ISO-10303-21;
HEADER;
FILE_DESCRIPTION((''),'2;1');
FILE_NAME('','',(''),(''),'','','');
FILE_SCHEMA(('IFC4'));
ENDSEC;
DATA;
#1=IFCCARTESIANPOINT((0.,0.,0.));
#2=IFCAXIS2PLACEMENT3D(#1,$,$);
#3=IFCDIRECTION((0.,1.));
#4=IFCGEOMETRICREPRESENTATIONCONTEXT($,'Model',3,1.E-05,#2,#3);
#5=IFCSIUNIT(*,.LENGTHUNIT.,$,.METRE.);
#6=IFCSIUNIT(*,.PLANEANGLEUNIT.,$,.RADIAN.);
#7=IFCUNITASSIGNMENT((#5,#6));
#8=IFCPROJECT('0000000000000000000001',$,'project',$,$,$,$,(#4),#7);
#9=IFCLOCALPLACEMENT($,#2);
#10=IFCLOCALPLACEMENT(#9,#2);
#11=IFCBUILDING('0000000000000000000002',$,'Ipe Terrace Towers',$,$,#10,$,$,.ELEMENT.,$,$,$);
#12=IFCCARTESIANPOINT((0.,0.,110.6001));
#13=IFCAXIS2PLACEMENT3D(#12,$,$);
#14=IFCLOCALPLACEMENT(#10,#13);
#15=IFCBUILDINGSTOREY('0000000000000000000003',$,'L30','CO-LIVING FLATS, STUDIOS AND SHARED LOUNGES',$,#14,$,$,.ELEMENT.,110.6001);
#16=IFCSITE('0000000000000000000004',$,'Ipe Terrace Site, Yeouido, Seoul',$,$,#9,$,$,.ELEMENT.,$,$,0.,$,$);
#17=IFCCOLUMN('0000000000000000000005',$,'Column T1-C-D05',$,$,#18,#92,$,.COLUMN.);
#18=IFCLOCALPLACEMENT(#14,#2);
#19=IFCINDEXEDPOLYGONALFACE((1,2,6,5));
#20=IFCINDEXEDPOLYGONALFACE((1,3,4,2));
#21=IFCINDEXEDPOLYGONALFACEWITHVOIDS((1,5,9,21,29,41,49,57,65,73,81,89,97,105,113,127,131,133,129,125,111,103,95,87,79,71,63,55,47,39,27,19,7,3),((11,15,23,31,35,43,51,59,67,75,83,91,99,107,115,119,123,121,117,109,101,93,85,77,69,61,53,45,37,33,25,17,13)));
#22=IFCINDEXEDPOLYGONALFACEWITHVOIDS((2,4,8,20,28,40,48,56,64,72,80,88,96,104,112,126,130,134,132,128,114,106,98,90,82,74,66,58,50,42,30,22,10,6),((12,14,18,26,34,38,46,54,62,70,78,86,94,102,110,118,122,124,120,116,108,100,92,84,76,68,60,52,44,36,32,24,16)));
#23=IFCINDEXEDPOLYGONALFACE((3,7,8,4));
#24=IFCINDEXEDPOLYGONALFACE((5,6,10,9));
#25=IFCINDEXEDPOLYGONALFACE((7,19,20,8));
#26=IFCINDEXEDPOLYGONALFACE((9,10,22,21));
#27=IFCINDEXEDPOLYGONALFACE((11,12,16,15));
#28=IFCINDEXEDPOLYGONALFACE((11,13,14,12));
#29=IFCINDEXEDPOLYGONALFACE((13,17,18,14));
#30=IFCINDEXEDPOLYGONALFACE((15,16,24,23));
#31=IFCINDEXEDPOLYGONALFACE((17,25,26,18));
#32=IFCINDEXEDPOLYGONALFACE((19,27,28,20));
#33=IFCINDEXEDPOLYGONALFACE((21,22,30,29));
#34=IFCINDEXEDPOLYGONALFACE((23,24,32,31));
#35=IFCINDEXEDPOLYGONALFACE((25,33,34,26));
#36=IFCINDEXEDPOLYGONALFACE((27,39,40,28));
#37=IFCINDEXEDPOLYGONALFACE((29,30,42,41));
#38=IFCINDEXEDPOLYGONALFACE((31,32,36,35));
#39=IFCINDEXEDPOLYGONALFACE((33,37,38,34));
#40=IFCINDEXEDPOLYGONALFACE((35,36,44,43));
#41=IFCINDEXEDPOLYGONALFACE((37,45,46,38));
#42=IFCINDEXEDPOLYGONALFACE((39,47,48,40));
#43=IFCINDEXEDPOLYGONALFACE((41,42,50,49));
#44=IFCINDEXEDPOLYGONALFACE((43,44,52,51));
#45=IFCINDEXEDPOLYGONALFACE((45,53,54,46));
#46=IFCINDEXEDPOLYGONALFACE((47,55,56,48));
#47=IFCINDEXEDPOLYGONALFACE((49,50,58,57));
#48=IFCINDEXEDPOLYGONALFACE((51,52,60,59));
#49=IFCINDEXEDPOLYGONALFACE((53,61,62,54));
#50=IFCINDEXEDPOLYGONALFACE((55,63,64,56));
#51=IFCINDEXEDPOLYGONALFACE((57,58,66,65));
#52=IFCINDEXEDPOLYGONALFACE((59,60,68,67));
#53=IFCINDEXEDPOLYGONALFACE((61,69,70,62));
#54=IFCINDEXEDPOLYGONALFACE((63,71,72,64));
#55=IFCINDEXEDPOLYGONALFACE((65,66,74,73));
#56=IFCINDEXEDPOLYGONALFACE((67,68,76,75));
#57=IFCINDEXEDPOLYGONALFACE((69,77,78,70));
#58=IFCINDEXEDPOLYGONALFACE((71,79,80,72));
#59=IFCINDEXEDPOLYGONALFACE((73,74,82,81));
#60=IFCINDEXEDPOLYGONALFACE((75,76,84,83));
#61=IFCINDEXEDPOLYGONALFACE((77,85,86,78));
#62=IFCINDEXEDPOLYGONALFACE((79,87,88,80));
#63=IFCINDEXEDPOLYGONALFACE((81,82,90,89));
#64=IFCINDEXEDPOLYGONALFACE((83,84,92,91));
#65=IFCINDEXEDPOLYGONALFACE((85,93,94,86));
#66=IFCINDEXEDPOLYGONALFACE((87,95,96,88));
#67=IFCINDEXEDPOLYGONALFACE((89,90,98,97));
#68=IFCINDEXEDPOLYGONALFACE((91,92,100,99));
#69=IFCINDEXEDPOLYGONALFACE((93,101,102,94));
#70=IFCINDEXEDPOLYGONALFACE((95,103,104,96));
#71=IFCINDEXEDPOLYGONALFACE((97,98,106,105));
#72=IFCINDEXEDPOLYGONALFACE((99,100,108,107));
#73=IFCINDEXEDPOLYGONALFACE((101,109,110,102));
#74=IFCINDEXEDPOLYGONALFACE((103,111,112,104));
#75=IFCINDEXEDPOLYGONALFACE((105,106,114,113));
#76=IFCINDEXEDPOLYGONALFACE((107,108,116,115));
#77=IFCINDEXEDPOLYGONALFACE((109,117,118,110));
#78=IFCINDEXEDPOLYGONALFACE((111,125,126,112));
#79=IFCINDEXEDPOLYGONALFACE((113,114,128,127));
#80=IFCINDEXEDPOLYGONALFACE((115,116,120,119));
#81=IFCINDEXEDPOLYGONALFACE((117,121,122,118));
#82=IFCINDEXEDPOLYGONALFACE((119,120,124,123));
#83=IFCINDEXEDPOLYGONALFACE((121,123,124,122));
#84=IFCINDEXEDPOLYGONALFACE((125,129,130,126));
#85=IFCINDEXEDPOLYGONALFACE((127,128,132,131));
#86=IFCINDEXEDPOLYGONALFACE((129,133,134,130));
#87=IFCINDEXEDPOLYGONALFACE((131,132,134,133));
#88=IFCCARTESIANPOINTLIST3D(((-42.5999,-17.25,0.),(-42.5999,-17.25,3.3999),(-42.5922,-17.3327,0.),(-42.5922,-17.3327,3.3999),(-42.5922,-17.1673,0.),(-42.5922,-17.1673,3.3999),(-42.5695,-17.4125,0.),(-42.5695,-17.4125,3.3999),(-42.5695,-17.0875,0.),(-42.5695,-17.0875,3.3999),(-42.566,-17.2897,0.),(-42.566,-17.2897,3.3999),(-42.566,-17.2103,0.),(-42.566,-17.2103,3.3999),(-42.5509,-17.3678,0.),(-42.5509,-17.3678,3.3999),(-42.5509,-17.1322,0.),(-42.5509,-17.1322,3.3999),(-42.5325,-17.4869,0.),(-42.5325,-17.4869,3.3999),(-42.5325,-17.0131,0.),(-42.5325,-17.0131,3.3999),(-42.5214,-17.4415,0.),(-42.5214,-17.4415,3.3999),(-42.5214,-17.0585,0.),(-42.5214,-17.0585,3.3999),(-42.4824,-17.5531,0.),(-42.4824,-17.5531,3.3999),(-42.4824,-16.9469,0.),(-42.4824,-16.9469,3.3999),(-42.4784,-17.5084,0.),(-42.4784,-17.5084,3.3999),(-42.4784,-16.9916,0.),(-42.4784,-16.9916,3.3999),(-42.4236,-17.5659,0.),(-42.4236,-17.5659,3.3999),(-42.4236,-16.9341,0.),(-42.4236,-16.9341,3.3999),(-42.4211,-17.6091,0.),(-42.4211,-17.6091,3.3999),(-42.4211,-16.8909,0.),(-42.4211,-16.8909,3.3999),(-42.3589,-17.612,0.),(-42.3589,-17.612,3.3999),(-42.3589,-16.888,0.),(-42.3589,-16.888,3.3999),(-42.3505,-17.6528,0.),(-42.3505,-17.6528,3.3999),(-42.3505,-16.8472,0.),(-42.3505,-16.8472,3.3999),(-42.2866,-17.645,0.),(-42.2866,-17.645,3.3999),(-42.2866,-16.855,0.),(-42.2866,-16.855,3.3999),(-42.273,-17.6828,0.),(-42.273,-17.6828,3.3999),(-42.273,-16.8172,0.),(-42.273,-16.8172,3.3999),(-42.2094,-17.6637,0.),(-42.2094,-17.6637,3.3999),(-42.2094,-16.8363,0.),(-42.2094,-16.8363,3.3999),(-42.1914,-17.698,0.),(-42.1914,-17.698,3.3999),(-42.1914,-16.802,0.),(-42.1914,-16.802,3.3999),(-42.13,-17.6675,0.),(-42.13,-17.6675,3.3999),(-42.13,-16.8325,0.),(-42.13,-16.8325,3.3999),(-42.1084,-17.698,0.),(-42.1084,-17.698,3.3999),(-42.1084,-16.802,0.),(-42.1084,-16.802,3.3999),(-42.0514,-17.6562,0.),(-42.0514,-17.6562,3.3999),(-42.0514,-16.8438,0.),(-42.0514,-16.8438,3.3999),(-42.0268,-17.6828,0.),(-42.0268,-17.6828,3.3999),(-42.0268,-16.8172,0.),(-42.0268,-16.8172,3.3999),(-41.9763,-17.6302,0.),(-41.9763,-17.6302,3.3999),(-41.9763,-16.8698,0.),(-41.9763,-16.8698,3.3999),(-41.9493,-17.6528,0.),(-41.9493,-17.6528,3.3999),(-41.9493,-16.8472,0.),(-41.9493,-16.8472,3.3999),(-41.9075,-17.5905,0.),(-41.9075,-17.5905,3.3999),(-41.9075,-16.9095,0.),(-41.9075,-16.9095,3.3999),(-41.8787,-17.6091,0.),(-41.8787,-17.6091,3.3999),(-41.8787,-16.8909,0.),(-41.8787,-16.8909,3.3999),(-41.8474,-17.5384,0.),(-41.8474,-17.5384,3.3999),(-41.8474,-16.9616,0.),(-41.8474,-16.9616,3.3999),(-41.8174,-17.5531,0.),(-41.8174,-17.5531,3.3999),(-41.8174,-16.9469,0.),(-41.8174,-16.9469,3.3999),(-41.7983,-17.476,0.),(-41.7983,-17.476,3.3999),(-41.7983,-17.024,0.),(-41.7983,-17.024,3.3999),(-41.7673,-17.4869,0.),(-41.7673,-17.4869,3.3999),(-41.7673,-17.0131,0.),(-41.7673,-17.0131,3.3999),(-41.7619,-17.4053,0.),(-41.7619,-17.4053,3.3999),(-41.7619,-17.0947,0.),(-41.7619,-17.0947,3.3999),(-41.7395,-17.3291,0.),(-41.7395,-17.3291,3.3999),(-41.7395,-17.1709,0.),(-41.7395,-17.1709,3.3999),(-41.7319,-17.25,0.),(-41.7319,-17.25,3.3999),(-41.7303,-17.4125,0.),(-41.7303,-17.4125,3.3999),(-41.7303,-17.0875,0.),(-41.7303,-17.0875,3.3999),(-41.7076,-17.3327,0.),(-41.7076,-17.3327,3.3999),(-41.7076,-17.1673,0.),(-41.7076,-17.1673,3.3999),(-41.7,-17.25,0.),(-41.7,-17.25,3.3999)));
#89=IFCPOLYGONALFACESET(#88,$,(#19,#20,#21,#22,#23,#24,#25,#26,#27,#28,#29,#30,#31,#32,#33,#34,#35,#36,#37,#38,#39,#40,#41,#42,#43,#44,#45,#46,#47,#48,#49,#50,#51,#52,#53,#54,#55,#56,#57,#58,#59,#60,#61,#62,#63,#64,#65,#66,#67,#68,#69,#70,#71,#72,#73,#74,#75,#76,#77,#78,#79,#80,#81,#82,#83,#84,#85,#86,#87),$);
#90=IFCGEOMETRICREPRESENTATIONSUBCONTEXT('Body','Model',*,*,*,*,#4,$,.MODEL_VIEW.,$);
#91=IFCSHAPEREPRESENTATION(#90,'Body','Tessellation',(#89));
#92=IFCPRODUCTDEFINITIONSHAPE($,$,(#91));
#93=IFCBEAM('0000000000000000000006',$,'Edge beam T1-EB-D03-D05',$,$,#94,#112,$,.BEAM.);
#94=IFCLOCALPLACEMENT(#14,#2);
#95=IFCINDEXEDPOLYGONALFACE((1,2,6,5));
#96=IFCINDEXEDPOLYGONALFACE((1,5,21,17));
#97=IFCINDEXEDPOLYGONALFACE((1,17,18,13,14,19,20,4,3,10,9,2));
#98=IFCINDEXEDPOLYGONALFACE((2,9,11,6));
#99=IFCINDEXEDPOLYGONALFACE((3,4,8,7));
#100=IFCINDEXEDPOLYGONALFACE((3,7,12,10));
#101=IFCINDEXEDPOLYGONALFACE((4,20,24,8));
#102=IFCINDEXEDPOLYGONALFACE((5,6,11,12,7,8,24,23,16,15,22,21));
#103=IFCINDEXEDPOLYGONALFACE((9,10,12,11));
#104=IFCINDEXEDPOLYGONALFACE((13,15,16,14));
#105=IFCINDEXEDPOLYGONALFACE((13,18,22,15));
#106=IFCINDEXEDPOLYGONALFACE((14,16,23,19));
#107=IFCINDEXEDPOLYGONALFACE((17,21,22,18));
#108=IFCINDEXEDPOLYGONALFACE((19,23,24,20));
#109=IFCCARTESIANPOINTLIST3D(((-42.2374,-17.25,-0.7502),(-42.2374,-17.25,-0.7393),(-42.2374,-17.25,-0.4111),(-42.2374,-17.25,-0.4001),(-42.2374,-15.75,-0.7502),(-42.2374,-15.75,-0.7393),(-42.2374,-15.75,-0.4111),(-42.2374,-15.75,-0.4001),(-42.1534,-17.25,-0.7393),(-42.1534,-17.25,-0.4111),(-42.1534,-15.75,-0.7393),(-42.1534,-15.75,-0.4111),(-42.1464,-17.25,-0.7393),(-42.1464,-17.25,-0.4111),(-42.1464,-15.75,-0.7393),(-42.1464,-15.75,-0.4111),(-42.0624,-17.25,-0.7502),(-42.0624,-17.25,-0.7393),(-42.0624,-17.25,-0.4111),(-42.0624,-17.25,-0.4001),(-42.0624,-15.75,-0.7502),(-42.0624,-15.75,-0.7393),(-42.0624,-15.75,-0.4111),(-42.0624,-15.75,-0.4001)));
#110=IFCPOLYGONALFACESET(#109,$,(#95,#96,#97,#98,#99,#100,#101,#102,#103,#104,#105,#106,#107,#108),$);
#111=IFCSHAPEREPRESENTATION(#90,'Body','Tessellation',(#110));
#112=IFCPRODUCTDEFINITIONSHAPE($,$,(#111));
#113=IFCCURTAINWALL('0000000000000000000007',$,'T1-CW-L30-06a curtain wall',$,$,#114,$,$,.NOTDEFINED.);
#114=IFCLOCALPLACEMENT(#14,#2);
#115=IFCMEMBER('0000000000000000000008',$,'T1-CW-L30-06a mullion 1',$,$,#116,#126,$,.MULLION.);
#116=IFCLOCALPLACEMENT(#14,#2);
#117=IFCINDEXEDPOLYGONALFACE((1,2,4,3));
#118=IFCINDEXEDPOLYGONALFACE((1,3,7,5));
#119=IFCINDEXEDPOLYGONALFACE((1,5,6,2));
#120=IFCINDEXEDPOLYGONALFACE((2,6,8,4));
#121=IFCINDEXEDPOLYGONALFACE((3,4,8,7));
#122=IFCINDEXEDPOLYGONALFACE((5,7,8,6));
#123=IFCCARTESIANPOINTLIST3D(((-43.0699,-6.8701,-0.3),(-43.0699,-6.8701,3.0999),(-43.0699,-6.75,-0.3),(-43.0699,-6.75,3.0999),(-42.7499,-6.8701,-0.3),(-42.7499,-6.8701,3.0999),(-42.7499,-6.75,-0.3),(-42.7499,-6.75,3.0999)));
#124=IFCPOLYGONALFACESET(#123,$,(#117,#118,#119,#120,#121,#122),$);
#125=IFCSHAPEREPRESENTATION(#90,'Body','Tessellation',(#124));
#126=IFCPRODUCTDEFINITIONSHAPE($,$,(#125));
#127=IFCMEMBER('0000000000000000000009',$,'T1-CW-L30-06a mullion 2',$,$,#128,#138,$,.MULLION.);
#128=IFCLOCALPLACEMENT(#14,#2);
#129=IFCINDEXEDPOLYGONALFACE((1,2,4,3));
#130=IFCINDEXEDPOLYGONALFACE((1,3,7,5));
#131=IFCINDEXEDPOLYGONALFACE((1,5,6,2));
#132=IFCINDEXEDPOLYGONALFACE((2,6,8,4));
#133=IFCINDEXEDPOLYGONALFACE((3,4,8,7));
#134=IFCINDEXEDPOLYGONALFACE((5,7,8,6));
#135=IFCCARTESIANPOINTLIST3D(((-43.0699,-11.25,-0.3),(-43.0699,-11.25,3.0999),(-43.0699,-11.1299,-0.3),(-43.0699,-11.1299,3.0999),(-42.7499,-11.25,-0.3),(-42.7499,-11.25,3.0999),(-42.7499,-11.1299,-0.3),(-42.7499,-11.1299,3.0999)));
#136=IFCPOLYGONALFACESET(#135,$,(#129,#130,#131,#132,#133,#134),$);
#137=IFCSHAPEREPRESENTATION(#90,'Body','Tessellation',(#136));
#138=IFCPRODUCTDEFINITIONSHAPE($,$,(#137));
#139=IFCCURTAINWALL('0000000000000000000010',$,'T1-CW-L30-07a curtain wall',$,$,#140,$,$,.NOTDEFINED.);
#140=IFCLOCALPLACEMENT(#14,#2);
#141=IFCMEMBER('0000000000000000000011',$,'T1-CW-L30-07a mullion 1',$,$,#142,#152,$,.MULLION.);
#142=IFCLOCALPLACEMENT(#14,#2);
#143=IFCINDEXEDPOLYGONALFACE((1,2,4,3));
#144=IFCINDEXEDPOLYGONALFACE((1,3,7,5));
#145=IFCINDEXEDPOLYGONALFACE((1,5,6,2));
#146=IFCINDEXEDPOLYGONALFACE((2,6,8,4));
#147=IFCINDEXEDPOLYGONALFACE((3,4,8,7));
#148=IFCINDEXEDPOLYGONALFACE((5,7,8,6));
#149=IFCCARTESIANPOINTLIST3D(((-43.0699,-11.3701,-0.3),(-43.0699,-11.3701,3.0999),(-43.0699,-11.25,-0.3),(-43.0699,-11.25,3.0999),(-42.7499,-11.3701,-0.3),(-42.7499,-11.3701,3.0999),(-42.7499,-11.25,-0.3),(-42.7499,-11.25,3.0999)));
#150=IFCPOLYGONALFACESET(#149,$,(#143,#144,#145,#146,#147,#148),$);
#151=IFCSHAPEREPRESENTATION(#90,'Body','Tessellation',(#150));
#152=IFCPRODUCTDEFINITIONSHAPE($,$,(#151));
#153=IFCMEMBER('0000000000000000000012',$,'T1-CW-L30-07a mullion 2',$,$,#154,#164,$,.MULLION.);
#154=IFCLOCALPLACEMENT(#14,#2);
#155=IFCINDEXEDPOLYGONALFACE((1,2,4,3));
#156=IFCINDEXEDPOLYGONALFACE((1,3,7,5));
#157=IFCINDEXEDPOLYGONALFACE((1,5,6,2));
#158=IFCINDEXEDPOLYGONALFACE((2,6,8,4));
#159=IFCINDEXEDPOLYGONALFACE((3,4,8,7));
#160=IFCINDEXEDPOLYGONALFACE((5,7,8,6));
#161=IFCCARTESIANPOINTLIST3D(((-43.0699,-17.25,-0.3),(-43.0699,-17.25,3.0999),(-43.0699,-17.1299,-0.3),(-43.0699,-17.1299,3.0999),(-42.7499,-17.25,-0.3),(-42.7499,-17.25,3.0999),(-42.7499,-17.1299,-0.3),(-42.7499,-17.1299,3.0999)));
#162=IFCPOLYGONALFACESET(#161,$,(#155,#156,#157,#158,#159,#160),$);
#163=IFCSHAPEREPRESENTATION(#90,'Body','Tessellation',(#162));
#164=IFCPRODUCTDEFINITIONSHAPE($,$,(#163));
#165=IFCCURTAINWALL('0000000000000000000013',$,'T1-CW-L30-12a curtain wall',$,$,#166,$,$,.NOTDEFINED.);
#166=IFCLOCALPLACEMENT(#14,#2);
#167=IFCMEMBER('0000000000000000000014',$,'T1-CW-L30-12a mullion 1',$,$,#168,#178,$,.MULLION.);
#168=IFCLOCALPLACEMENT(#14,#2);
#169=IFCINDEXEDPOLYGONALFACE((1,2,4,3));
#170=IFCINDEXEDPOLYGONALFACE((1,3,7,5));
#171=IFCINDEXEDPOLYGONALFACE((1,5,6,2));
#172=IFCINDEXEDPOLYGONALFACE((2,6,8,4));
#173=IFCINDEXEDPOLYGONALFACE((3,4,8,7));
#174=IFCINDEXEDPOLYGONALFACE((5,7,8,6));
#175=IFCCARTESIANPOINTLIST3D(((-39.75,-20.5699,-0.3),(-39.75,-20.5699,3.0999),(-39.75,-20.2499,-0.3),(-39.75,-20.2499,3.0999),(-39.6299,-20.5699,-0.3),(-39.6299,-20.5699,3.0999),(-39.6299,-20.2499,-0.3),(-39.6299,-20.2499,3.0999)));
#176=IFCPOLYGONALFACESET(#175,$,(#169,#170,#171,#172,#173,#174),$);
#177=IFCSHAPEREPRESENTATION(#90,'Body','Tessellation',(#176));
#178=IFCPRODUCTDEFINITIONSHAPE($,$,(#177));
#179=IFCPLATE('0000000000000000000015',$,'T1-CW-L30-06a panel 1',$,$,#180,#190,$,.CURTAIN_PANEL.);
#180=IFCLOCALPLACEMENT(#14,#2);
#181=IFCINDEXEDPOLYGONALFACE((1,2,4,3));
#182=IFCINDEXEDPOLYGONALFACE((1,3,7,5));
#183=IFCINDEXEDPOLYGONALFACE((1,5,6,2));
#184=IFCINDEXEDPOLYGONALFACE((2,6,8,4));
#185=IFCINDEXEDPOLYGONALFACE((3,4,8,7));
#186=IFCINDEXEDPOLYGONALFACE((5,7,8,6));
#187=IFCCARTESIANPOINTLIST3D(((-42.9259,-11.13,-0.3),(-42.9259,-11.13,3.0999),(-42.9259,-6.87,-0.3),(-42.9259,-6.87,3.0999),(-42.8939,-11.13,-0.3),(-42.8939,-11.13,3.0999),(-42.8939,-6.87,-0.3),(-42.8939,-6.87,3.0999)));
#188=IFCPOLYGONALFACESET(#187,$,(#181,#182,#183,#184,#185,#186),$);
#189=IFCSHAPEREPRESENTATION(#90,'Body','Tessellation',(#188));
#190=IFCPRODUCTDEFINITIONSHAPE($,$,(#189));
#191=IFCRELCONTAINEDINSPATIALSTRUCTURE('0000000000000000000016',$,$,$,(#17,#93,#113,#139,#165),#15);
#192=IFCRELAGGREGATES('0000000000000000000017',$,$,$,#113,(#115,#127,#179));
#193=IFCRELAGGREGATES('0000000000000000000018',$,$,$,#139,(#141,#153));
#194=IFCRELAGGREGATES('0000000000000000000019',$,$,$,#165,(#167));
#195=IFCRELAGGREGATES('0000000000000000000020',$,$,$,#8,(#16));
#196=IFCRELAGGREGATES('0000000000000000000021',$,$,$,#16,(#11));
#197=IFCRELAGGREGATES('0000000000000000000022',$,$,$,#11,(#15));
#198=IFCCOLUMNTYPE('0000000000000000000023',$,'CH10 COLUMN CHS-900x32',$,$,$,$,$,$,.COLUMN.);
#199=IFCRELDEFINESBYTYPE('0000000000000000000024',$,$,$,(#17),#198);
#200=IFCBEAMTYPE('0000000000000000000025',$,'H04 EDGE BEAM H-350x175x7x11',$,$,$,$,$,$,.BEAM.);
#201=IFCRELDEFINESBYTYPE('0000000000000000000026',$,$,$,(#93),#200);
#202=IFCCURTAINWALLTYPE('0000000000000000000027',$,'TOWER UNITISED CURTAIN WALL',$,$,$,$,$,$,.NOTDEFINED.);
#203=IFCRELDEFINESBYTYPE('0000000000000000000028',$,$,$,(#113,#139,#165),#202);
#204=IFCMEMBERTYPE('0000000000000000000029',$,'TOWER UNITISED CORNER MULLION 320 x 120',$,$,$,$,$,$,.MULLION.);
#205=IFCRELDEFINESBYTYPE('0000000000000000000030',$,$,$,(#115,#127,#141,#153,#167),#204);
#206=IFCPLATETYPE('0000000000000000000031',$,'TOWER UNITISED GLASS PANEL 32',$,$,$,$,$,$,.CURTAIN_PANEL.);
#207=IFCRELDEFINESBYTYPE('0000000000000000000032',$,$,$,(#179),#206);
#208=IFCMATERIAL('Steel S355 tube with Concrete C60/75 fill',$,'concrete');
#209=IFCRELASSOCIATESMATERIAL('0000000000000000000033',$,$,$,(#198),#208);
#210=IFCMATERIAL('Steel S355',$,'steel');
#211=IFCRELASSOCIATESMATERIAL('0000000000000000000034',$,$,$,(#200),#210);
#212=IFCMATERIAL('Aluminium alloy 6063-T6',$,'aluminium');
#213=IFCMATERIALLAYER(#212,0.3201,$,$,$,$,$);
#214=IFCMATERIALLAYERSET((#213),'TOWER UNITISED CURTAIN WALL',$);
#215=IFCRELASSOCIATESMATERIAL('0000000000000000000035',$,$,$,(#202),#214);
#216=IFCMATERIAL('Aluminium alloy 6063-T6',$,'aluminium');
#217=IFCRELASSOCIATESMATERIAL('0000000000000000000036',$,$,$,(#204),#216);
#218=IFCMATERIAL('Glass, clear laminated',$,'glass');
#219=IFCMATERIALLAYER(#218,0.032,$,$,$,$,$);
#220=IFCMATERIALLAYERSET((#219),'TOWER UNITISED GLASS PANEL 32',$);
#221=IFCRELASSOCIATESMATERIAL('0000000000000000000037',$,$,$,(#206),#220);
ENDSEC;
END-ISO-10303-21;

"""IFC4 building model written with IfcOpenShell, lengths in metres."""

from ifc_helpers import new_model, si_unit, direction, frame, origin, origin_2d, place, context, subcontext, project, spatial, rectangle, hollow_circle, i_section, extrude, material, layer, layer_set, material_profile, profile_set, type_object, element, aggregate, save


model = new_model("IFC4")

# Units and contexts
model_context = context("Model", 3, precision=1e-05, world=origin(), true_north=direction((0.0, 1.0)))
body_context = subcontext(model_context, "Body", "Model", "MODEL_VIEW")
ifc_project = project(units=[si_unit("LENGTHUNIT", "METRE"), si_unit("PLANEANGLEUNIT", "RADIAN")], contexts=[model_context])

# Site, building, storey
site_placement = place(None, origin())
site = spatial("IfcSite", under=ifc_project, at=site_placement, Name="Ipe Terrace Site, Yeouido, Seoul", CompositionType="ELEMENT", RefElevation=0.0)
building_placement = place(site_placement, origin())
building = spatial("IfcBuilding", under=site, at=building_placement, Name="Ipe Terrace Towers", CompositionType="ELEMENT")
storey_placement = place(building_placement, frame((0.0, 0.0, 110.6001)))
storey = spatial("IfcBuildingStorey", under=building, at=storey_placement, Name="L30", Description="CO-LIVING FLATS, STUDIOS AND SHARED LOUNGES", CompositionType="ELEMENT", Elevation=110.6001)

# Column
ifc_material_1 = material(Name="Steel S355 tube with Concrete C60/75 fill", Category="concrete")
ifc_material_profile_1 = material_profile(ifc_material_1, hollow_circle(Radius=0.45, WallThickness=0.032, at=origin_2d()), Name="CHS-900x32")
ifc_profile_set_1 = profile_set([ifc_material_profile_1], Name="Steel S355 tube with Concrete C60/75 fill")
column_type_1 = type_object("IfcColumnType", Name="CH10 COLUMN CHS-900x32", PredefinedType="COLUMN", material=ifc_profile_set_1)
for number, where, z_axis, x_axis, name in (
    (1, (-42.1499, -17.25, 0.0), (0.0, 0.0, 1.0), (1.0, 0.0, 0.0), "Column T1-C-D05"),
):
    element("IfcColumn", number, at=place(storey_placement, frame(where, z_axis=z_axis, x_axis=x_axis)), inside=storey, type_object=column_type_1, Name=name, PredefinedType="COLUMN", context=body_context, shape_type="SweptSolid", body=[
        extrude(hollow_circle(Radius=0.45, WallThickness=0.032, at=origin_2d()), origin(), (0.0, 0.0, 1.0), 3.3999),
    ])

# Beam
ifc_material_2 = material(Name="Steel S355", Category="steel")
ifc_material_profile_2 = material_profile(ifc_material_2, i_section(OverallWidth=0.175, OverallDepth=0.3501, WebThickness=0.0071, FlangeThickness=0.011, at=origin_2d()), Name="H-350x175x7x11")
ifc_profile_set_2 = profile_set([ifc_material_profile_2], Name="Steel S355")
beam_type = type_object("IfcBeamType", Name="H04 EDGE BEAM H-350x175x7x11", PredefinedType="BEAM", material=ifc_profile_set_2)
beam_placement = place(storey_placement, frame((-42.1499, -15.75, -0.5752), z_axis=(0.0, -1.0, 0.0), x_axis=(1.0, 0.0, 0.0)))
element("IfcBeam", 2, at=beam_placement, inside=storey, type_object=beam_type, Name="Edge beam T1-EB-D03-D05", PredefinedType="BEAM", context=body_context, shape_type="SweptSolid", body=[
    extrude(i_section(OverallWidth=0.175, OverallDepth=0.3501, WebThickness=0.0071, FlangeThickness=0.011, at=origin_2d()), origin(), (0.0, 0.0, 1.0), 1.5),
])

# Curtain walls, members
ifc_material_3 = material(Name="Aluminium alloy 6063-T6", Category="aluminium")
ifc_layer_1 = layer(ifc_material_3, 0.3201)
ifc_layer_set_1 = layer_set([ifc_layer_1], Name="TOWER UNITISED CURTAIN WALL")
curtain_wall_type = type_object("IfcCurtainWallType", Name="TOWER UNITISED CURTAIN WALL", PredefinedType="NOTDEFINED", material=ifc_layer_set_1)
curtain_wall_1_placement = place(storey_placement, origin())
curtain_wall_1 = element("IfcCurtainWall", 3, at=curtain_wall_1_placement, inside=storey, type_object=curtain_wall_type, Name="T1-CW-L30-06a curtain wall", PredefinedType="NOTDEFINED")
ifc_material_4 = material(Name="Aluminium alloy 6063-T6", Category="aluminium")
ifc_material_profile_3 = material_profile(ifc_material_4, rectangle(XDim=0.3201, YDim=0.1201, at=origin_2d()), Name="TOWER UNITISED CORNER MULLION 320 x 120")
ifc_profile_set_3 = profile_set([ifc_material_profile_3], Name="Aluminium alloy 6063-T6")
member_type = type_object("IfcMemberType", Name="TOWER UNITISED CORNER MULLION 320 x 120", PredefinedType="MULLION", material=ifc_profile_set_3)
member_1_placement = place(storey_placement, frame((-42.9099, -6.8101, -0.3), z_axis=(0.0, 0.0, 1.0), x_axis=(-1.0, 0.0, 0.0)))
member_1 = element("IfcMember", 4, at=member_1_placement, type_object=member_type, Name="T1-CW-L30-06a mullion 1", PredefinedType="MULLION", context=body_context, shape_type="SweptSolid", body=[
    extrude(rectangle(XDim=0.3201, YDim=0.1201, at=origin_2d()), origin(), (0.0, 0.0, 1.0), 3.3999),
])
member_2_placement = place(storey_placement, frame((-42.9099, -11.1899, -0.3), z_axis=(0.0, 0.0, 1.0), x_axis=(-1.0, 0.0, 0.0)))
member_2 = element("IfcMember", 5, at=member_2_placement, type_object=member_type, Name="T1-CW-L30-06a mullion 2", PredefinedType="MULLION", context=body_context, shape_type="SweptSolid", body=[
    extrude(rectangle(XDim=0.3201, YDim=0.1201, at=origin_2d()), origin(), (0.0, 0.0, 1.0), 3.3999),
])
curtain_wall_2_placement = place(storey_placement, origin())
curtain_wall_2 = element("IfcCurtainWall", 6, at=curtain_wall_2_placement, inside=storey, type_object=curtain_wall_type, Name="T1-CW-L30-07a curtain wall", PredefinedType="NOTDEFINED")
member_3_placement = place(storey_placement, frame((-42.9099, -11.3101, -0.3), z_axis=(0.0, 0.0, 1.0), x_axis=(-1.0, 0.0, 0.0)))
member_3 = element("IfcMember", 7, at=member_3_placement, type_object=member_type, Name="T1-CW-L30-07a mullion 1", PredefinedType="MULLION", context=body_context, shape_type="SweptSolid", body=[
    extrude(rectangle(XDim=0.3201, YDim=0.1201, at=origin_2d()), origin(), (0.0, 0.0, 1.0), 3.3999),
])
member_4_placement = place(storey_placement, frame((-42.9099, -17.1899, -0.3), z_axis=(0.0, 0.0, 1.0), x_axis=(-1.0, 0.0, 0.0)))
member_4 = element("IfcMember", 8, at=member_4_placement, type_object=member_type, Name="T1-CW-L30-07a mullion 2", PredefinedType="MULLION", context=body_context, shape_type="SweptSolid", body=[
    extrude(rectangle(XDim=0.3201, YDim=0.1201, at=origin_2d()), origin(), (0.0, 0.0, 1.0), 3.3999),
])

# Curtain wall, member
curtain_wall_3_placement = place(storey_placement, origin())
curtain_wall_3 = element("IfcCurtainWall", 9, at=curtain_wall_3_placement, inside=storey, type_object=curtain_wall_type, Name="T1-CW-L30-12a curtain wall", PredefinedType="NOTDEFINED")
member_5_placement = place(storey_placement, frame((-39.6899, -20.4099, -0.3), z_axis=(0.0, 0.0, 1.0), x_axis=(0.0, -1.0, 0.0)))
member_5 = element("IfcMember", 10, at=member_5_placement, type_object=member_type, Name="T1-CW-L30-12a mullion 1", PredefinedType="MULLION", context=body_context, shape_type="SweptSolid", body=[
    extrude(rectangle(XDim=0.3201, YDim=0.1201, at=origin_2d()), origin(), (0.0, 0.0, 1.0), 3.3999),
])

# Plate
ifc_material_5 = material(Name="Glass, clear laminated", Category="glass")
ifc_layer_2 = layer(ifc_material_5, 0.032)
ifc_layer_set_2 = layer_set([ifc_layer_2], Name="TOWER UNITISED GLASS PANEL 32")
plate_type = type_object("IfcPlateType", Name="TOWER UNITISED GLASS PANEL 32", PredefinedType="CURTAIN_PANEL", material=ifc_layer_set_2)
plate_1_placement = place(storey_placement, frame((-42.9099, -9.0, -0.3), z_axis=(0.0, 0.0, 1.0), x_axis=(0.0, -1.0, 0.0)))
plate_1 = element("IfcPlate", 11, at=plate_1_placement, type_object=plate_type, Name="T1-CW-L30-06a panel 1", PredefinedType="CURTAIN_PANEL", context=body_context, shape_type="SweptSolid", body=[
    extrude(rectangle(XDim=4.26, YDim=0.032, at=origin_2d()), origin(), (0.0, 0.0, 1.0), 3.3999),
])
aggregate(curtain_wall_1, [member_1, member_2, plate_1])
aggregate(curtain_wall_2, [member_3, member_4])
aggregate(curtain_wall_3, [member_5])

save(model, "model.ifc")
